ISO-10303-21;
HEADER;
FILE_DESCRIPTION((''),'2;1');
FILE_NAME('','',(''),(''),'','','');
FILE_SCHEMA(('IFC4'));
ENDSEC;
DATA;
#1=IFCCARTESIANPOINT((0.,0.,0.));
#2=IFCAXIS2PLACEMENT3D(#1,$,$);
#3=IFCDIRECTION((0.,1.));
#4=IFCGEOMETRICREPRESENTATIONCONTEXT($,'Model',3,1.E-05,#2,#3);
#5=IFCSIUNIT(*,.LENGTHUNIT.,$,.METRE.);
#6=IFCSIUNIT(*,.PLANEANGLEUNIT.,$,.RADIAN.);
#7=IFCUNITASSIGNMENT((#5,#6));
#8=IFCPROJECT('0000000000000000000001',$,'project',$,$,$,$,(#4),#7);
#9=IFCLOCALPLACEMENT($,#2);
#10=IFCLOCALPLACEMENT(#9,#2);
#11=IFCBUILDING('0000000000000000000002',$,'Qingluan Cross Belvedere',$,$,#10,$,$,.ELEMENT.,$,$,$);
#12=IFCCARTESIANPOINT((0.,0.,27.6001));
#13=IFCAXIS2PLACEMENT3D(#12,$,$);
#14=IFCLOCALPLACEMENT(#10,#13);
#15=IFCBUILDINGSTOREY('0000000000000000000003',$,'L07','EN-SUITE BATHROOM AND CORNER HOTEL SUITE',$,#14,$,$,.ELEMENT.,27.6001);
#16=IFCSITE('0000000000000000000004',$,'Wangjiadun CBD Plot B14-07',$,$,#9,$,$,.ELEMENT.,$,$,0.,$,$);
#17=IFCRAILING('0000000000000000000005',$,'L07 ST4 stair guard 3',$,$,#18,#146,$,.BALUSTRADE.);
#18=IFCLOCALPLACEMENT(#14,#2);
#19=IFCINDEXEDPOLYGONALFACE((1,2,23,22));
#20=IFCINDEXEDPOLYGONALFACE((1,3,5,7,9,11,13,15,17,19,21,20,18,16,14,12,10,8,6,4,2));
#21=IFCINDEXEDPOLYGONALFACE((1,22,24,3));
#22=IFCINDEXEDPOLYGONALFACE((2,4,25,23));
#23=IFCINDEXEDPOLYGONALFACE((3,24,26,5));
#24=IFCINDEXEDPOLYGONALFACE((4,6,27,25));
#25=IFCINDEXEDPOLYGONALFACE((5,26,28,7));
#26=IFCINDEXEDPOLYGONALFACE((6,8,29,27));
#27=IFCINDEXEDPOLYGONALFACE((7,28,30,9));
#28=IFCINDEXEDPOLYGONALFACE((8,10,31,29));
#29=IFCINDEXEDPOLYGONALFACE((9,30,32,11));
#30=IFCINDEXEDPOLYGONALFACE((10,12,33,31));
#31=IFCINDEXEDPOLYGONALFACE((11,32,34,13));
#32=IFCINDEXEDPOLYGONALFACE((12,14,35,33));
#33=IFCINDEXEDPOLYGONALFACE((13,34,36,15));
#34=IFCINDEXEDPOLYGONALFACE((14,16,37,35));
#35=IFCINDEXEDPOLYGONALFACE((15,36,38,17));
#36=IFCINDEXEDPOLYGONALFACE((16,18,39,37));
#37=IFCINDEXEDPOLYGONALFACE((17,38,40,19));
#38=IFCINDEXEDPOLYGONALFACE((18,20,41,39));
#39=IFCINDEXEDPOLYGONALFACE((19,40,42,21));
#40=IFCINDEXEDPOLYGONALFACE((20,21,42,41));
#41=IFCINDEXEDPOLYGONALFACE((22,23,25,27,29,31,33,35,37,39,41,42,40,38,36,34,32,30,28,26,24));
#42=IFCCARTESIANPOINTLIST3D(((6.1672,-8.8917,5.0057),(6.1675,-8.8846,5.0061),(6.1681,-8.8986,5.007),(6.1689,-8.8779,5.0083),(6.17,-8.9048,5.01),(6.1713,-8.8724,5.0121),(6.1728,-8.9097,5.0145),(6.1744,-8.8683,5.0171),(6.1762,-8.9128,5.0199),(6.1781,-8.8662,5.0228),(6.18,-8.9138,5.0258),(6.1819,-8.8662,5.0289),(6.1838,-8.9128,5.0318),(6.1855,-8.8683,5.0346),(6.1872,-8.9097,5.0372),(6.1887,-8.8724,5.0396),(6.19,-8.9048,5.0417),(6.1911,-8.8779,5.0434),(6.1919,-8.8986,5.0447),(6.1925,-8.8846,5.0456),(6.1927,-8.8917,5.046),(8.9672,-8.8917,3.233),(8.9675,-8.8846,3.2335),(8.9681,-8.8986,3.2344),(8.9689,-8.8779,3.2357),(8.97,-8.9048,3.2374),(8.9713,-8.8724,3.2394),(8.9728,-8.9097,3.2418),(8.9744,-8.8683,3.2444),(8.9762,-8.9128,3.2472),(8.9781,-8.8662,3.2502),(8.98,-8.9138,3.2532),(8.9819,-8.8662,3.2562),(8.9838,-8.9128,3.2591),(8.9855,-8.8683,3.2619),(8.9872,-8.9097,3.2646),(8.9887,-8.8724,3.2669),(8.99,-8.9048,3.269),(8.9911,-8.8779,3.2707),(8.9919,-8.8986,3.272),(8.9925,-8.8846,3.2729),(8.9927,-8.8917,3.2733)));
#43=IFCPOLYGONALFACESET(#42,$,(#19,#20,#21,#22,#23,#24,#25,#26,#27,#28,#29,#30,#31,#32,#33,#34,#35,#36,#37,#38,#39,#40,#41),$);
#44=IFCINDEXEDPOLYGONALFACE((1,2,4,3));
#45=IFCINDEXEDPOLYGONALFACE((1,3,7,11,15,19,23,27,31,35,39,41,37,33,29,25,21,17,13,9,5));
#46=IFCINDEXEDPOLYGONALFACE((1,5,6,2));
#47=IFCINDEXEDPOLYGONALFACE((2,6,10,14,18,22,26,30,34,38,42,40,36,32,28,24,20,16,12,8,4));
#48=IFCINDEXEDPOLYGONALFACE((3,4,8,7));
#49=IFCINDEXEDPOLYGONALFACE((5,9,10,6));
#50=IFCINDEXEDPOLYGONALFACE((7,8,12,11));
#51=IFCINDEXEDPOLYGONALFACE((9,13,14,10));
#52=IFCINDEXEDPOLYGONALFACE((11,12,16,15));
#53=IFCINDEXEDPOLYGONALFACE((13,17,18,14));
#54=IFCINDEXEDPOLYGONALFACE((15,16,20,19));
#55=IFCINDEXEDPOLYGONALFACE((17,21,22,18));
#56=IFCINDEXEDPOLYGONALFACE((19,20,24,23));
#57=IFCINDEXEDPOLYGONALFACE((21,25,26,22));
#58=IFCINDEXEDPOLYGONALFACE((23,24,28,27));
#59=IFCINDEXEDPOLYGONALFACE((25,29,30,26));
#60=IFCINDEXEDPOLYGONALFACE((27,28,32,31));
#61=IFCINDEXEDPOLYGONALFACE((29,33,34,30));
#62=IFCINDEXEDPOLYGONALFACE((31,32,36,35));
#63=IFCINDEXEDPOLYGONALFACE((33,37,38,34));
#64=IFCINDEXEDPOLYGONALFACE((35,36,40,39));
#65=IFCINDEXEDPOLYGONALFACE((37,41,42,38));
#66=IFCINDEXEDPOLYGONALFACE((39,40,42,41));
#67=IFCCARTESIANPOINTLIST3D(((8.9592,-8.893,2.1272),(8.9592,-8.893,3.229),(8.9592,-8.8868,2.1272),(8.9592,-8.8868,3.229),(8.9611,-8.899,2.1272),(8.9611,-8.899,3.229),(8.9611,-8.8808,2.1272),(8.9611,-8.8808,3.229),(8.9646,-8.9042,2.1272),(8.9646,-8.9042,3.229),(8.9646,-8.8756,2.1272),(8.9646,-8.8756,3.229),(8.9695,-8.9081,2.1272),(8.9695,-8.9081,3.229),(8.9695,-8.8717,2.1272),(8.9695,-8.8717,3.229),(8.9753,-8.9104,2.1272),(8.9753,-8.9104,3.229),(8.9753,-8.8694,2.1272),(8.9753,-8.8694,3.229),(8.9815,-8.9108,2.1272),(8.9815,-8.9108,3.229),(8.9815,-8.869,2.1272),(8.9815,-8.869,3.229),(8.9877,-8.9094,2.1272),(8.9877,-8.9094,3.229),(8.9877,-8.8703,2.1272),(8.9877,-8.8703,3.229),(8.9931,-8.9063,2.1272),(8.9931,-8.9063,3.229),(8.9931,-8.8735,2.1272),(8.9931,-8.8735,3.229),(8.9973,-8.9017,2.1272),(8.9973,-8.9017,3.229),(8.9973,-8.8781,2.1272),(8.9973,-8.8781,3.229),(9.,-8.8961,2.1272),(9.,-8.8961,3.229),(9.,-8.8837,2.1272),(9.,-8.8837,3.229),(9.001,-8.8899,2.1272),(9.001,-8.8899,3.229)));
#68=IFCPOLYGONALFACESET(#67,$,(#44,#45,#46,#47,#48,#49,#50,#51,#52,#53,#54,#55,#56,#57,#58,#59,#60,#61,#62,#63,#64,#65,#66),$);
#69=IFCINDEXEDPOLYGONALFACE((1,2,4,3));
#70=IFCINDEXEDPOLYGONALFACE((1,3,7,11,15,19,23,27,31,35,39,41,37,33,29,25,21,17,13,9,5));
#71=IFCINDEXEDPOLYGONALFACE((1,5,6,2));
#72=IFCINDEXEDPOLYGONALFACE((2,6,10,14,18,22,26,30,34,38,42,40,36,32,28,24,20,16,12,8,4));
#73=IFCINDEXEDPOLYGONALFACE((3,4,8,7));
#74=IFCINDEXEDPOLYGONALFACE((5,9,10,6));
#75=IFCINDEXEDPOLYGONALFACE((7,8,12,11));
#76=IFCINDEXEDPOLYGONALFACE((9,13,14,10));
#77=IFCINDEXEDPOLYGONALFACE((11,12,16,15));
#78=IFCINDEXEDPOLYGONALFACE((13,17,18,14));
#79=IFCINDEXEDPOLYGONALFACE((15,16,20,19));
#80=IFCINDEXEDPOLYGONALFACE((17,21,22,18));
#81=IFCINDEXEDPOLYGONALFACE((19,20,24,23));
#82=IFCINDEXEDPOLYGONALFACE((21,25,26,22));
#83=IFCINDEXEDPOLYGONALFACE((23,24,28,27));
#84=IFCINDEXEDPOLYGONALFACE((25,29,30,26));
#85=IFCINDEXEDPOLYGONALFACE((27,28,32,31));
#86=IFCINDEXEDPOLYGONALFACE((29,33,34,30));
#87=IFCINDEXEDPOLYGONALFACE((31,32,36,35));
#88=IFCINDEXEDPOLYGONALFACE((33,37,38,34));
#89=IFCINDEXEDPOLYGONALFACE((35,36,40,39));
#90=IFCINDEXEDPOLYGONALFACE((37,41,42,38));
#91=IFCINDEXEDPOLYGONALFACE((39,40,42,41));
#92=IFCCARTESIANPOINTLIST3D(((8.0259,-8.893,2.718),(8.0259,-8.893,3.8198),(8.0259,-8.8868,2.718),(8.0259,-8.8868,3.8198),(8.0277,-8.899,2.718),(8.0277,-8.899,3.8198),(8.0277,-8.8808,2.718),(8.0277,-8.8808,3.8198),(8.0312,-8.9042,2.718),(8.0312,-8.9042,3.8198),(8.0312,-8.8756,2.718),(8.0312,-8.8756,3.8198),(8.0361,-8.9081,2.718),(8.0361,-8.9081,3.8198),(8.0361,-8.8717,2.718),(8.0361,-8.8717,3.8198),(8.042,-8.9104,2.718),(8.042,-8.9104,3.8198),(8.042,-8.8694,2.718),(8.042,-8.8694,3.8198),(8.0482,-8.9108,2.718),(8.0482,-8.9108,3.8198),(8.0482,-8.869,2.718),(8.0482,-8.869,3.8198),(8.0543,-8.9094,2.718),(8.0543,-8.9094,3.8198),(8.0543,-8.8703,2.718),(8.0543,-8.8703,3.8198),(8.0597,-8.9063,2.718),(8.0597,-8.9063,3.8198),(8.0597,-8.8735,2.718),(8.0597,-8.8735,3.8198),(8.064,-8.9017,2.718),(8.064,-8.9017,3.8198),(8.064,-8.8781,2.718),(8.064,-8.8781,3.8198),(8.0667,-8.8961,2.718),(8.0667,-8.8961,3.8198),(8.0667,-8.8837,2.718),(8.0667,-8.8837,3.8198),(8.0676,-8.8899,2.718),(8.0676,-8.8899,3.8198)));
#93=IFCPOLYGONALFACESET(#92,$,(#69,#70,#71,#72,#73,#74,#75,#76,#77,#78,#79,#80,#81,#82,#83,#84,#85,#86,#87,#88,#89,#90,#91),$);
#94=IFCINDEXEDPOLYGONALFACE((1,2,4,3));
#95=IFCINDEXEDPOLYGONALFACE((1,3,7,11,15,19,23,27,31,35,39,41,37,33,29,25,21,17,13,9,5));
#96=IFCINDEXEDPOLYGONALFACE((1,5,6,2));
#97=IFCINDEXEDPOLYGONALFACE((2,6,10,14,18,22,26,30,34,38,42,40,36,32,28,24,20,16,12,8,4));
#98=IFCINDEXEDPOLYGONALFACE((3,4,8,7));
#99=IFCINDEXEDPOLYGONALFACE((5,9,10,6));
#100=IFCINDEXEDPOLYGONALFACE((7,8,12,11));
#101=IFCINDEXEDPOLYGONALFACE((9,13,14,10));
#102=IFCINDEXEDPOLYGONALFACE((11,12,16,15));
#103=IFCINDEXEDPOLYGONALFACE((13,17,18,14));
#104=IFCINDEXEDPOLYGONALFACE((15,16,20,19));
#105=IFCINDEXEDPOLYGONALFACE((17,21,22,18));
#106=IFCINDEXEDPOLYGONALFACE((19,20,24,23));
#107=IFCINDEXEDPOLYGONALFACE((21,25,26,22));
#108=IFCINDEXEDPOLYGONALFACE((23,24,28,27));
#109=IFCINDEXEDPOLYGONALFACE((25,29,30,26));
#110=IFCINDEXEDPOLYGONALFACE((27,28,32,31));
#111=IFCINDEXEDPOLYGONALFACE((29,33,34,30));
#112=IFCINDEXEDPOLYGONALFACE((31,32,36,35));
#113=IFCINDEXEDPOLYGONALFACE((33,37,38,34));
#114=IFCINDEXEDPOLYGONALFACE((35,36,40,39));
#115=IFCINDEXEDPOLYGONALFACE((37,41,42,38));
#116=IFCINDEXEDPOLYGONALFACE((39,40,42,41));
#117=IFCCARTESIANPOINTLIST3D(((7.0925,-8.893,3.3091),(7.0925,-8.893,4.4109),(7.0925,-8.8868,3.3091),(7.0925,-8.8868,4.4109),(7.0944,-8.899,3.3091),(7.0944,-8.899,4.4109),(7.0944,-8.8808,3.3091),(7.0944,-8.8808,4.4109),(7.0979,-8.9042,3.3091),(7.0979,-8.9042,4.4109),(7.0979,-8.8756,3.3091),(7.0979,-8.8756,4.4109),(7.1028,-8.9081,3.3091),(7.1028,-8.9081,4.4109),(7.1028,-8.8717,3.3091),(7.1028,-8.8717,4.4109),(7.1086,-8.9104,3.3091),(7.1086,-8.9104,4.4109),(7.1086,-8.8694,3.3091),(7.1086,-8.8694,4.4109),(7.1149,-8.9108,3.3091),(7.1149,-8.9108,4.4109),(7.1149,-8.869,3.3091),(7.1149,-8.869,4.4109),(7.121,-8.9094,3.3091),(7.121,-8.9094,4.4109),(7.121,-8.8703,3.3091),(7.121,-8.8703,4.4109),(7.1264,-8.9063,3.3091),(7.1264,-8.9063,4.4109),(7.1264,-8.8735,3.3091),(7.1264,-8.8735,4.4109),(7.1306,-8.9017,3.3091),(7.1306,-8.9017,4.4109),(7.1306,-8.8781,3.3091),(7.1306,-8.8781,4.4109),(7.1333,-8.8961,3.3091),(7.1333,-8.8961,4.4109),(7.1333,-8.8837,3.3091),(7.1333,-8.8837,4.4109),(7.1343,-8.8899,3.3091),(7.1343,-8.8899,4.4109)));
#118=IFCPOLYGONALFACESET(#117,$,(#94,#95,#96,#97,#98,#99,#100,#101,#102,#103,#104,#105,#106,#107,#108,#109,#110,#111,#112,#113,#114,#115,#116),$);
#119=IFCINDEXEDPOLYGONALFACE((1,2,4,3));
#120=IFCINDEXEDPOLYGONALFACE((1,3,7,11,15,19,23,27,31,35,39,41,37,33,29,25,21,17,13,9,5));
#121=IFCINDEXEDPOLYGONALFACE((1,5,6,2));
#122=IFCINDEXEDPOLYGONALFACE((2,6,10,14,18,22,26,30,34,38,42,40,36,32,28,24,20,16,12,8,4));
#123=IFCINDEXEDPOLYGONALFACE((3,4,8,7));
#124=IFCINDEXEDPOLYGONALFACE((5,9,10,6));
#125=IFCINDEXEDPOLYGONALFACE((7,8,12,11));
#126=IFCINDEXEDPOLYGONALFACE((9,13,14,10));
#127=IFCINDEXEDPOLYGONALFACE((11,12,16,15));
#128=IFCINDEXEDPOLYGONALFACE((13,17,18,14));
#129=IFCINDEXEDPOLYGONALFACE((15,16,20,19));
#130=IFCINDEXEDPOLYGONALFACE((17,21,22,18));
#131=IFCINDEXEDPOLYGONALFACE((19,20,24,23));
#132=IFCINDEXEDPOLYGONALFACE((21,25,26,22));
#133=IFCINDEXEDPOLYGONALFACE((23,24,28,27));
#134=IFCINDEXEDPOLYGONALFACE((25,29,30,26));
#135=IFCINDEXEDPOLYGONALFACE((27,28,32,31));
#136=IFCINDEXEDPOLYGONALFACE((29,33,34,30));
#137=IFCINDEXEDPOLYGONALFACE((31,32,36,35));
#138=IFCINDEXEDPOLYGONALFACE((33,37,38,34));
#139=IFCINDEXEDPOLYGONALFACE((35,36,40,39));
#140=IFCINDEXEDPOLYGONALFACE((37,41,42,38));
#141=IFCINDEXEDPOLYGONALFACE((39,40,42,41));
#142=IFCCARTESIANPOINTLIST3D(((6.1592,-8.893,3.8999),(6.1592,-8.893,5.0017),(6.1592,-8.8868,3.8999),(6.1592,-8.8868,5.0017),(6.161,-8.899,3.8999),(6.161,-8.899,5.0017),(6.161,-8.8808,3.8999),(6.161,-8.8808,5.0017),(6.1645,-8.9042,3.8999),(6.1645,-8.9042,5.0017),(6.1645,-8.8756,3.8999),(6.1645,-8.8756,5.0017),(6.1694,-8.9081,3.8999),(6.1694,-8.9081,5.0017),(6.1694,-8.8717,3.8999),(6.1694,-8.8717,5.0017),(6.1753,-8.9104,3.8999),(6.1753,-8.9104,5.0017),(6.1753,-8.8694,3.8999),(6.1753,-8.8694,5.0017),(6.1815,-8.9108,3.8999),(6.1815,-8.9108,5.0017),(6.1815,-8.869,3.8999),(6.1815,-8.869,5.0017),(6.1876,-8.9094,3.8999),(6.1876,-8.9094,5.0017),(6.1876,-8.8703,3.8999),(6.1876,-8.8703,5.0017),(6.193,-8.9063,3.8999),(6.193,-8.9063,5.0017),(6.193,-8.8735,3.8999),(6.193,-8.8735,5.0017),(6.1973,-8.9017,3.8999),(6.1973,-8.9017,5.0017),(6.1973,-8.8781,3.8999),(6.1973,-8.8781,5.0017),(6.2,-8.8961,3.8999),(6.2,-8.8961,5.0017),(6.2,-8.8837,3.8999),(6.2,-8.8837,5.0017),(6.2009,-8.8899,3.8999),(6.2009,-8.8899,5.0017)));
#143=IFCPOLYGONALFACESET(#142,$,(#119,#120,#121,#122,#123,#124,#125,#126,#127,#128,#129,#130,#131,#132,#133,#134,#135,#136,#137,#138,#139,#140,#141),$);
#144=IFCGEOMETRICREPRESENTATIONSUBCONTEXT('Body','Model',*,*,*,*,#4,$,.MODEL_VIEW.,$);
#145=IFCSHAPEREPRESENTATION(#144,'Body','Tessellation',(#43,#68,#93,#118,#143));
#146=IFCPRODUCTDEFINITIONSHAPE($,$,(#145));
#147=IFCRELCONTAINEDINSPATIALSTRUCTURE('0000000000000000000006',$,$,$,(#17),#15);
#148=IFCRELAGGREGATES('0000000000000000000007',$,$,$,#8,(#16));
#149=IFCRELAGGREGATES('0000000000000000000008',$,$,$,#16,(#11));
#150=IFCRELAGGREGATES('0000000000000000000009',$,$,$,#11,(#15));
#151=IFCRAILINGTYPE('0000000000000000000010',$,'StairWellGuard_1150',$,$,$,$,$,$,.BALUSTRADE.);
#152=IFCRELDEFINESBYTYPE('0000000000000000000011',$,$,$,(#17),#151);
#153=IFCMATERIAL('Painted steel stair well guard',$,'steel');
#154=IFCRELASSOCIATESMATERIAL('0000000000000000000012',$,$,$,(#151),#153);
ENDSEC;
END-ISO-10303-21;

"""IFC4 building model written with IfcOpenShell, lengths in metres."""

from ifc_helpers import new_model, si_unit, direction, frame, origin, origin_2d, place, context, subcontext, project, spatial, circle, extrude, material, type_object, element, save


model = new_model("IFC4")

# Units and contexts
model_context = context("Model", 3, precision=1e-05, world=origin(), true_north=direction((0.0, 1.0)))
body_context = subcontext(model_context, "Body", "Model", "MODEL_VIEW")
ifc_project = project(units=[si_unit("LENGTHUNIT", "METRE"), si_unit("PLANEANGLEUNIT", "RADIAN")], contexts=[model_context])

# Site, building, storey
site_placement = place(None, origin())
site = spatial("IfcSite", under=ifc_project, at=site_placement, Name="Wangjiadun CBD Plot B14-07", CompositionType="ELEMENT", RefElevation=0.0)
building_placement = place(site_placement, origin())
building = spatial("IfcBuilding", under=site, at=building_placement, Name="Qingluan Cross Belvedere", CompositionType="ELEMENT")
storey_placement = place(building_placement, frame((0.0, 0.0, 27.6001)))
storey = spatial("IfcBuildingStorey", under=building, at=storey_placement, Name="L07", Description="EN-SUITE BATHROOM AND CORNER HOTEL SUITE", CompositionType="ELEMENT", Elevation=27.6001)

# Railing
ifc_material_1 = material(Name="Painted steel stair well guard", Category="steel")
railing_type_1 = type_object("IfcRailingType", Name="StairWellGuard_1150", PredefinedType="BALUSTRADE", material=ifc_material_1)
railing_1_placement = place(storey_placement, frame((8.98, -8.8899, 2.1272)))
element("IfcRailing", 1, at=railing_1_placement, inside=storey, type_object=railing_type_1, Name="L07 ST4 stair guard 3", PredefinedType="BALUSTRADE", context=body_context, shape_type="SweptSolid", body=[
    extrude(circle(Radius=0.0239, at=origin_2d()), frame((0.0, 0.0, 1.126), z_axis=(-0.844909, 0.0, 0.53491), x_axis=(0.0, -1.0, 0.0)), (0.0, 0.0, 1.0), 3.314),
    extrude(circle(Radius=0.021, at=origin_2d()), origin(), (0.0, 0.0, 1.0), 1.1018),
    extrude(circle(Radius=0.021, at=origin_2d()), frame((-0.9333, 0.0, 0.5908)), (0.0, 0.0, 1.0), 1.1018),
    extrude(circle(Radius=0.021, at=origin_2d()), frame((-1.8667, 0.0, 1.1819)), (0.0, 0.0, 1.0), 1.1018),
    extrude(circle(Radius=0.021, at=origin_2d()), frame((-2.8, 0.0, 1.7727)), (0.0, 0.0, 1.0), 1.1018),
])

save(model, "model.ifc")
